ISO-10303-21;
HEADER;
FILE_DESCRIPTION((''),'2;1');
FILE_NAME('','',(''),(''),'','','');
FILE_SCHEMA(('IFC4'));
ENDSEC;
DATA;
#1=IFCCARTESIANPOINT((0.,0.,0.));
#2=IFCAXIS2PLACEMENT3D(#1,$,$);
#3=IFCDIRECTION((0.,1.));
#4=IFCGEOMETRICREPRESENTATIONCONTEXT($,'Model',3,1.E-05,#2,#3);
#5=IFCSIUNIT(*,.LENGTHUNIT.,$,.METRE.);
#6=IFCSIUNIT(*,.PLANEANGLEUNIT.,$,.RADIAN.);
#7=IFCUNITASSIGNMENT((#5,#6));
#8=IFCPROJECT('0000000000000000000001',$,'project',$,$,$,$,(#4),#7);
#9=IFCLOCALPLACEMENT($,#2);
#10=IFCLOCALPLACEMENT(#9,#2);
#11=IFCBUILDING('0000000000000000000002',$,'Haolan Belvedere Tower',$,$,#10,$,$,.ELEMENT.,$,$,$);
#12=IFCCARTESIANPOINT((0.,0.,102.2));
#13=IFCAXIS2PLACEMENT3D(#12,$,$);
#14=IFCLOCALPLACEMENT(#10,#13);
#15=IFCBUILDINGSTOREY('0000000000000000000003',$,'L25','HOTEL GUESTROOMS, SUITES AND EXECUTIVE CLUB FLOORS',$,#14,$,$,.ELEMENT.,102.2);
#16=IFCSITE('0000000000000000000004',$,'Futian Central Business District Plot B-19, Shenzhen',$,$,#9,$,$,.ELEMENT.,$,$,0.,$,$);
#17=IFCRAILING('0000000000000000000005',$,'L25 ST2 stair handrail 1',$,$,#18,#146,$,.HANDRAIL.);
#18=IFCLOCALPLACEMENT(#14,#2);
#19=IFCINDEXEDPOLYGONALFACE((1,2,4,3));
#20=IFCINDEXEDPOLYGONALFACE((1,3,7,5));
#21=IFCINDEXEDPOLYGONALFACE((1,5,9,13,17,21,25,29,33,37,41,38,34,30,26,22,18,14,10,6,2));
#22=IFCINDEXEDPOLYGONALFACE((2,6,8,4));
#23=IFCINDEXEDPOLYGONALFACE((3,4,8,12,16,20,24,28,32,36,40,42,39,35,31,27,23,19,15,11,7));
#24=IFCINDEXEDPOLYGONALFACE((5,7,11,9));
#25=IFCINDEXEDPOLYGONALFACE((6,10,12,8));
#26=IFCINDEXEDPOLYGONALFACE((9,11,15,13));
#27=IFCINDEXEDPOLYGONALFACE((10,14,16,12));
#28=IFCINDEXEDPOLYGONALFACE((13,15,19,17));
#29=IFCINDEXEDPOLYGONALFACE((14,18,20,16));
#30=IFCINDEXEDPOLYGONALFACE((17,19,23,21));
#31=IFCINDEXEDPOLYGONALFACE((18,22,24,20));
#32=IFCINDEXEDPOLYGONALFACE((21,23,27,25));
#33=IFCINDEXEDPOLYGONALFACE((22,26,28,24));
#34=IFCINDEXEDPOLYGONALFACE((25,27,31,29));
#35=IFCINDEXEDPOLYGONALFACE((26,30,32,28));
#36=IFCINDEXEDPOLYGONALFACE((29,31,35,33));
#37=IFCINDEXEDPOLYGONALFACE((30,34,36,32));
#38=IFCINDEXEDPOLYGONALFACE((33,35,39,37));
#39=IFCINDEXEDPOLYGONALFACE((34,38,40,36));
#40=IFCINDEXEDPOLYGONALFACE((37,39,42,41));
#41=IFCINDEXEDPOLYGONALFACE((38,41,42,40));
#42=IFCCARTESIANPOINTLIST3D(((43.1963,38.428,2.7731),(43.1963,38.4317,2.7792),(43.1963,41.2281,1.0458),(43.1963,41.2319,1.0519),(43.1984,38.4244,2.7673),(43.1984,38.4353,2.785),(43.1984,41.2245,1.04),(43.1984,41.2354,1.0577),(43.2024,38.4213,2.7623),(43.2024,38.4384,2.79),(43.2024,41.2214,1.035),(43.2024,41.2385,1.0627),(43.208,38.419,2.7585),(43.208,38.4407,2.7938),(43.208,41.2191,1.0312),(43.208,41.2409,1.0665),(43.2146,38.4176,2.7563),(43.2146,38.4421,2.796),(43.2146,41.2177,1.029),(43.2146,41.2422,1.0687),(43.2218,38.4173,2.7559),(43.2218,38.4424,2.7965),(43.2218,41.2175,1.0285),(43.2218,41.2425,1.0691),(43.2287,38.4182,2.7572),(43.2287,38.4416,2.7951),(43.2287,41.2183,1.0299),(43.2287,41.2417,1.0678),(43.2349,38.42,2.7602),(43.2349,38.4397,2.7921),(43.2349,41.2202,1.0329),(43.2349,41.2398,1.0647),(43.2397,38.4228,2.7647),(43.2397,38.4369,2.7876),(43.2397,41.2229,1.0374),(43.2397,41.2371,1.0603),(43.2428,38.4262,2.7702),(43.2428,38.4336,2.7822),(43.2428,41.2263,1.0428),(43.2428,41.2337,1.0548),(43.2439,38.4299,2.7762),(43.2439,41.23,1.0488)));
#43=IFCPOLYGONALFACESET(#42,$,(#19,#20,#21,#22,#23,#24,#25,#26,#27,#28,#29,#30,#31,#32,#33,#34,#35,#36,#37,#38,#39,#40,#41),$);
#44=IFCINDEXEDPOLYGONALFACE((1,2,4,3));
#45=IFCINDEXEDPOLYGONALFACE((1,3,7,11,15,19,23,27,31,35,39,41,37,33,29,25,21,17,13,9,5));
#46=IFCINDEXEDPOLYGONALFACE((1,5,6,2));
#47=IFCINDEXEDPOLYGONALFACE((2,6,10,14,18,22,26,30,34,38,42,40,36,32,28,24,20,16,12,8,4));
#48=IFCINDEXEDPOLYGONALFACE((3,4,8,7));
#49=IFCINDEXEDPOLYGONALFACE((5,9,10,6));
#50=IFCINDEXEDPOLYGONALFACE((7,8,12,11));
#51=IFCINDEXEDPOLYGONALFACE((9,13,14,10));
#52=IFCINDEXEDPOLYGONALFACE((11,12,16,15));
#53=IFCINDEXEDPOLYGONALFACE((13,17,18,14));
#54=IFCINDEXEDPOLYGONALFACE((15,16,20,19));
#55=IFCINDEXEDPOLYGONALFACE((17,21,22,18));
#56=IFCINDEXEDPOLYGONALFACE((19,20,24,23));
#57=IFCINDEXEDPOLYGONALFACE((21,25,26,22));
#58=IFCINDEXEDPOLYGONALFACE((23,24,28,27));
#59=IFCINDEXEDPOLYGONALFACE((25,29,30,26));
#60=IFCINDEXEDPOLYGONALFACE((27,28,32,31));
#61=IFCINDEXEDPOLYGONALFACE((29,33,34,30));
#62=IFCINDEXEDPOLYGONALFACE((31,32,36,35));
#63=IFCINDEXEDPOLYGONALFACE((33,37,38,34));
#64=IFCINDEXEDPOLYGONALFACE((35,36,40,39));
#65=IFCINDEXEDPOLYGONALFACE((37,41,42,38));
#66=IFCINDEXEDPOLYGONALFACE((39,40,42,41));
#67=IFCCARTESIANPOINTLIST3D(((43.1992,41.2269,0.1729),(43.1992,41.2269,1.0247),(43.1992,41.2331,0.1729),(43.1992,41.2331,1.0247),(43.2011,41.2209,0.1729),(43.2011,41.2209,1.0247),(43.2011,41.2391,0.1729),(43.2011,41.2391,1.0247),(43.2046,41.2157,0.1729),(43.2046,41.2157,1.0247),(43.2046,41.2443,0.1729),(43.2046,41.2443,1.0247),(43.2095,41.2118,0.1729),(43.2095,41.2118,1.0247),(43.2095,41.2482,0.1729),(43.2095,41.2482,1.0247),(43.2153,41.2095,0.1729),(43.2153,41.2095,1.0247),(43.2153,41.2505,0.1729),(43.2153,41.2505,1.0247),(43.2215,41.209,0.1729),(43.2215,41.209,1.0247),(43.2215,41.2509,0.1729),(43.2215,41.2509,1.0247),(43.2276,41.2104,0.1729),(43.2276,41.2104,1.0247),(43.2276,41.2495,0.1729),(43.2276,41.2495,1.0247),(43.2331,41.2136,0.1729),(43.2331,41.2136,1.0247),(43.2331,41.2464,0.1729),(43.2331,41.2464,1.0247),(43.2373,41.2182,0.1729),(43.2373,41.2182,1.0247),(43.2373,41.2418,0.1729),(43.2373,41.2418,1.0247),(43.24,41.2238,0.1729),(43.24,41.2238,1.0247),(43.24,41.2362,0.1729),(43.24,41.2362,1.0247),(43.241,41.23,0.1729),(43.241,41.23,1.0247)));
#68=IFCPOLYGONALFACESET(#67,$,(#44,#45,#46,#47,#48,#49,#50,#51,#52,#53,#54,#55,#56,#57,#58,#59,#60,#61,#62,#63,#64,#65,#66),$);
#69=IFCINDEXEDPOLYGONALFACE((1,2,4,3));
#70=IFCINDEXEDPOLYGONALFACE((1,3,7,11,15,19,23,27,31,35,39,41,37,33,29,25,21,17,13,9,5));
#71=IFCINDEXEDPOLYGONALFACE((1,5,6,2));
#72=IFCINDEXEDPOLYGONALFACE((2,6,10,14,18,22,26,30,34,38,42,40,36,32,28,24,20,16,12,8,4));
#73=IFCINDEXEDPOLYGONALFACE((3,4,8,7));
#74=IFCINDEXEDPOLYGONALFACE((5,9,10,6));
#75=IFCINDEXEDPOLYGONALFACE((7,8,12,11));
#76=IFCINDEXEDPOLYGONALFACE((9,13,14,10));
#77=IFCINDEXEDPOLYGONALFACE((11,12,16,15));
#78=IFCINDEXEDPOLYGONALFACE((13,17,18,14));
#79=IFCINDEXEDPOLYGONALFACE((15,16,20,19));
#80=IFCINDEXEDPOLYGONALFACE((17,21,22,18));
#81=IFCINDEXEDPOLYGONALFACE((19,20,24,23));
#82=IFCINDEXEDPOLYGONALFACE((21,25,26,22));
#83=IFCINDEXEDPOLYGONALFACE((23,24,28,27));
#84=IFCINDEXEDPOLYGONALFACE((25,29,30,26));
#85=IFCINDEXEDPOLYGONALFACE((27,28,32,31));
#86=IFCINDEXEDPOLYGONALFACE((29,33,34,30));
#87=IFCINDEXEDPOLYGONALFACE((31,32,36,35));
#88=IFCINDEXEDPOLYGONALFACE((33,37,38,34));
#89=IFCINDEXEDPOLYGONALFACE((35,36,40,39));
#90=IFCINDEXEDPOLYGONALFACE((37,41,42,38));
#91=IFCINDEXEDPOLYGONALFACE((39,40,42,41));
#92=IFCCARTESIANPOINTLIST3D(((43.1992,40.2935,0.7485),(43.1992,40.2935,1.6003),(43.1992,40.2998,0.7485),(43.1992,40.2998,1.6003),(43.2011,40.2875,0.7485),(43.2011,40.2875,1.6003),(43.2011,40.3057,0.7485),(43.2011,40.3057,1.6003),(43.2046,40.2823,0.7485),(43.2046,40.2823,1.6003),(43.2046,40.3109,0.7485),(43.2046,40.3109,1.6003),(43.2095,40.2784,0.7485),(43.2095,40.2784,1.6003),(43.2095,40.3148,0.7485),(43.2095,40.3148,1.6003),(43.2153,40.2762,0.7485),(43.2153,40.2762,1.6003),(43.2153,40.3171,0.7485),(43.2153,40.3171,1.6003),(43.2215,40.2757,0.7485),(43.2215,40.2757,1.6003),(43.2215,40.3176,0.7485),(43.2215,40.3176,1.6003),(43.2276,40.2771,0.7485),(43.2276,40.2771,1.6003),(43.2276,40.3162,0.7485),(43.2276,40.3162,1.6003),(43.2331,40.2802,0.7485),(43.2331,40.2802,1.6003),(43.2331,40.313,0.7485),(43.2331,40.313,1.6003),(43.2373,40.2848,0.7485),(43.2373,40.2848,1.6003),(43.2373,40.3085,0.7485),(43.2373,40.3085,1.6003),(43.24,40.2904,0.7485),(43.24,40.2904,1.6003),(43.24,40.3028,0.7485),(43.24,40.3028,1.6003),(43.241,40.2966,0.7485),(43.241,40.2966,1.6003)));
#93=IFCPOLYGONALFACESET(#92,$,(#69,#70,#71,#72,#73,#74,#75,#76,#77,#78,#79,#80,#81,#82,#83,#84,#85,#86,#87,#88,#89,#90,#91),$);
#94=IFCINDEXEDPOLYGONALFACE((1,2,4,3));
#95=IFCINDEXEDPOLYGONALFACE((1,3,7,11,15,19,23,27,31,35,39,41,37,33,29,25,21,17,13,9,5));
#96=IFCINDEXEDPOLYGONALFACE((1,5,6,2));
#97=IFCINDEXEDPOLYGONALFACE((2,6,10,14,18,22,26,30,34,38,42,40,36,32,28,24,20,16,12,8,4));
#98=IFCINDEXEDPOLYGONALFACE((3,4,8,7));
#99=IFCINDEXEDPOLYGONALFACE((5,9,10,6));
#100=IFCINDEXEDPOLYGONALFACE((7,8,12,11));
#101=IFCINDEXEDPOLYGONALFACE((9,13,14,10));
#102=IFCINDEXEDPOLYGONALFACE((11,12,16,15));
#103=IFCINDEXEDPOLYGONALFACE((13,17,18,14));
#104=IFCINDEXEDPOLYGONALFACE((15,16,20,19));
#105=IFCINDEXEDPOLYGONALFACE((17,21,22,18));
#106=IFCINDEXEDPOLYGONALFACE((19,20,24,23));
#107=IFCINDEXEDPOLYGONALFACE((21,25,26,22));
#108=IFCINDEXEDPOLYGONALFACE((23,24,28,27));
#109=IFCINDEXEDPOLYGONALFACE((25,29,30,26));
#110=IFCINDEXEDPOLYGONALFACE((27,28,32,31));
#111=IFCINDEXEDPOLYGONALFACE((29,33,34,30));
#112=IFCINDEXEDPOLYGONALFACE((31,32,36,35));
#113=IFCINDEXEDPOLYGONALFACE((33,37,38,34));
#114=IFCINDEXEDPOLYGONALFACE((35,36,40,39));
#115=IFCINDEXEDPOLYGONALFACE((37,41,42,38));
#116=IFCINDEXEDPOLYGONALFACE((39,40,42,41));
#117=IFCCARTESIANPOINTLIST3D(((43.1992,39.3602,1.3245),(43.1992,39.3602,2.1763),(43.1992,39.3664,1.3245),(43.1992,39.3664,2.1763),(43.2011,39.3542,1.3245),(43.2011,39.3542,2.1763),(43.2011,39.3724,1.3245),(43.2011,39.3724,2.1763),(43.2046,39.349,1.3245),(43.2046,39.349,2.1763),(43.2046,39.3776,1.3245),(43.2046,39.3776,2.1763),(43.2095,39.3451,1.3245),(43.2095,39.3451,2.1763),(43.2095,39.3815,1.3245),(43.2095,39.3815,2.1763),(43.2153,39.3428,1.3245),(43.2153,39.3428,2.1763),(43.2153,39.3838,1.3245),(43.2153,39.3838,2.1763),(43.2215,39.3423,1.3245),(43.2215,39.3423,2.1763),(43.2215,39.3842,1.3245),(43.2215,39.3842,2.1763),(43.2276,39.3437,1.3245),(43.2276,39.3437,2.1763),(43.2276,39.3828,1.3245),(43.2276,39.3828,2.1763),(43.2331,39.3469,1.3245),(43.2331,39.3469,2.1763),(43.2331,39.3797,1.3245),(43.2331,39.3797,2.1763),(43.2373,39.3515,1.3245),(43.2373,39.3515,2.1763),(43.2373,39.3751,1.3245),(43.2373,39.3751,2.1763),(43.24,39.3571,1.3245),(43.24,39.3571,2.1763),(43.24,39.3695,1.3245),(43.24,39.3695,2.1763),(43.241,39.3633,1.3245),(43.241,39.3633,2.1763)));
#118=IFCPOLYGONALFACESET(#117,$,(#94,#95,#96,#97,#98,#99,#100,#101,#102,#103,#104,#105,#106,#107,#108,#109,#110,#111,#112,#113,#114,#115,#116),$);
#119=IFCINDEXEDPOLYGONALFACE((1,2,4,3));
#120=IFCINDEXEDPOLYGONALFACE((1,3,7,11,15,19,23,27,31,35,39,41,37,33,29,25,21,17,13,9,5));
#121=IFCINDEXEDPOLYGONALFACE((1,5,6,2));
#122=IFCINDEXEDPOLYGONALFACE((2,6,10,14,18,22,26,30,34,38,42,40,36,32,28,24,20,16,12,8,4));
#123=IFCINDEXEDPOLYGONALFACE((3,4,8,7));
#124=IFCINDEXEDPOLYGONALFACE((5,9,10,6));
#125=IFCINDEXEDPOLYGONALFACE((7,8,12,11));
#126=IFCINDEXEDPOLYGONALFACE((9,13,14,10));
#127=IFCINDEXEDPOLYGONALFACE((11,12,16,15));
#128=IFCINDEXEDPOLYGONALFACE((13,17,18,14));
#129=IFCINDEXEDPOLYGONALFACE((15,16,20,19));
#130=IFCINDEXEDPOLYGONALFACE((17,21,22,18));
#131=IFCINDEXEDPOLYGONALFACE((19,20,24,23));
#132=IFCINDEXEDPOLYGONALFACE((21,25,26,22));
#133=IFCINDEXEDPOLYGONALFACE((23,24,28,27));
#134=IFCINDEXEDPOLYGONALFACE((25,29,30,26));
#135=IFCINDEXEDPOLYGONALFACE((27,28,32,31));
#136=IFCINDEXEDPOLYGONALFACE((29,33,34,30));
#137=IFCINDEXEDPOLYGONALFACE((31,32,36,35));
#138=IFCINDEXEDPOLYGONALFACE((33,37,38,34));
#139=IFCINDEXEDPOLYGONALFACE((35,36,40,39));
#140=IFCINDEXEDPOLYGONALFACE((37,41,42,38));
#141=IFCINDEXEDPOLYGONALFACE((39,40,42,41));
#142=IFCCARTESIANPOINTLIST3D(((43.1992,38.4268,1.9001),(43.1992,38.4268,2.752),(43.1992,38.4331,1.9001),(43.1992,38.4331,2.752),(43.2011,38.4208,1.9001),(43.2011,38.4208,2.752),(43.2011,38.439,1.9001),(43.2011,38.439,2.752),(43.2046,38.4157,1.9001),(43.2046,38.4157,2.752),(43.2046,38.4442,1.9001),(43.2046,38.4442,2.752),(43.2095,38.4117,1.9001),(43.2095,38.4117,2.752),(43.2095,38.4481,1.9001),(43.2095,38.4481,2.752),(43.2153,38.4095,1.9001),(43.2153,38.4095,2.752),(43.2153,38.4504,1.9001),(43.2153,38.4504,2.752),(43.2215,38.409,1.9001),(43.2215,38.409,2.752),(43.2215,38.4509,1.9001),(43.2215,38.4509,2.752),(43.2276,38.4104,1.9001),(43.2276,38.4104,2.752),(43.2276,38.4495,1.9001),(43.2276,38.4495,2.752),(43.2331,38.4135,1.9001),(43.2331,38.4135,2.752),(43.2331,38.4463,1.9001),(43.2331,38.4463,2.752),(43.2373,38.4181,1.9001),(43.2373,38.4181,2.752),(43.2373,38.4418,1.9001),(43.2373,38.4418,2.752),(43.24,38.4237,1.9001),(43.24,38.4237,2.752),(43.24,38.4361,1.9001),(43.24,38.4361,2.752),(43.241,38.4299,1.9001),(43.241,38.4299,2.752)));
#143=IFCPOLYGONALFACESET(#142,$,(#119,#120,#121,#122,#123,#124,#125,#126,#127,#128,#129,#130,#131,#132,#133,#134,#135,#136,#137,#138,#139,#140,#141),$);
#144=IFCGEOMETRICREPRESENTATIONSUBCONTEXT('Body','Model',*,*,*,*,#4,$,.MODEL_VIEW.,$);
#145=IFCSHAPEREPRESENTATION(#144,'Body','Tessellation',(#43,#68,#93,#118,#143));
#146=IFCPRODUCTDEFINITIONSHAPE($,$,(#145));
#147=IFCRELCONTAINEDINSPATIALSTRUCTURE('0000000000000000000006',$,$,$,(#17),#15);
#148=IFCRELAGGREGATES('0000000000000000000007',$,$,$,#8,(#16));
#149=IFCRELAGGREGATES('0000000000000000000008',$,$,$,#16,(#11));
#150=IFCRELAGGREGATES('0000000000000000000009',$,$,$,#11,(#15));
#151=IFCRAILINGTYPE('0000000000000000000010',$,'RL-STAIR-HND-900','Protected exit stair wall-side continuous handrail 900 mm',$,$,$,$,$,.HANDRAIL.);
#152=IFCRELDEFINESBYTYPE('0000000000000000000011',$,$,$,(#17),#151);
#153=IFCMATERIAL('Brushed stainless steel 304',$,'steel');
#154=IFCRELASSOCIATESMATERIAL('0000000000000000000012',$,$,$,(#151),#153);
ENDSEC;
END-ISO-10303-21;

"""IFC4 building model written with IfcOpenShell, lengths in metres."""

from ifc_helpers import new_model, si_unit, direction, frame, origin, origin_2d, place, context, subcontext, project, spatial, circle, extrude, material, type_object, element, save


model = new_model("IFC4")

# Units and contexts
model_context = context("Model", 3, precision=1e-05, world=origin(), true_north=direction((0.0, 1.0)))
body_context = subcontext(model_context, "Body", "Model", "MODEL_VIEW")
ifc_project = project(units=[si_unit("LENGTHUNIT", "METRE"), si_unit("PLANEANGLEUNIT", "RADIAN")], contexts=[model_context])

# Site, building, storey
site_placement = place(None, origin())
site = spatial("IfcSite", under=ifc_project, at=site_placement, Name="Futian Central Business District Plot B-19, Shenzhen", CompositionType="ELEMENT", RefElevation=0.0)
building_placement = place(site_placement, origin())
building = spatial("IfcBuilding", under=site, at=building_placement, Name="Haolan Belvedere Tower", CompositionType="ELEMENT")
storey_placement = place(building_placement, frame((0.0, 0.0, 102.2)))
storey = spatial("IfcBuildingStorey", under=building, at=storey_placement, Name="L25", Description="HOTEL GUESTROOMS, SUITES AND EXECUTIVE CLUB FLOORS", CompositionType="ELEMENT", Elevation=102.2)

# Railing
ifc_material_1 = material(Name="Brushed stainless steel 304", Category="steel")
railing_type_1 = type_object("IfcRailingType", Name="RL-STAIR-HND-900", Description="Protected exit stair wall-side continuous handrail 900 mm", PredefinedType="HANDRAIL", material=ifc_material_1)
railing_1_placement = place(storey_placement, frame((43.22, 41.23, 0.1729)))
element("IfcRailing", 1, at=railing_1_placement, inside=storey, type_object=railing_type_1, Name="L25 ST2 stair handrail 1", PredefinedType="HANDRAIL", context=body_context, shape_type="SweptSolid", body=[
    extrude(circle(Radius=0.0239, at=origin_2d()), frame((0.0, 0.0, 0.876), z_axis=(0.0, -0.85109, 0.52502), x_axis=(1.0, 0.0, 0.0)), (0.0, 0.0, 1.0), 3.29),
    extrude(circle(Radius=0.021, at=origin_2d()), origin(), (0.0, 0.0, 1.0), 0.8518),
    extrude(circle(Radius=0.021, at=origin_2d()), frame((0.0, -0.9333, 0.5757)), (0.0, 0.0, 1.0), 0.8518),
    extrude(circle(Radius=0.021, at=origin_2d()), frame((0.0, -1.8667, 1.1516)), (0.0, 0.0, 1.0), 0.8518),
    extrude(circle(Radius=0.021, at=origin_2d()), frame((0.0, -2.8, 1.7273)), (0.0, 0.0, 1.0), 0.8518),
])

save(model, "model.ifc")
